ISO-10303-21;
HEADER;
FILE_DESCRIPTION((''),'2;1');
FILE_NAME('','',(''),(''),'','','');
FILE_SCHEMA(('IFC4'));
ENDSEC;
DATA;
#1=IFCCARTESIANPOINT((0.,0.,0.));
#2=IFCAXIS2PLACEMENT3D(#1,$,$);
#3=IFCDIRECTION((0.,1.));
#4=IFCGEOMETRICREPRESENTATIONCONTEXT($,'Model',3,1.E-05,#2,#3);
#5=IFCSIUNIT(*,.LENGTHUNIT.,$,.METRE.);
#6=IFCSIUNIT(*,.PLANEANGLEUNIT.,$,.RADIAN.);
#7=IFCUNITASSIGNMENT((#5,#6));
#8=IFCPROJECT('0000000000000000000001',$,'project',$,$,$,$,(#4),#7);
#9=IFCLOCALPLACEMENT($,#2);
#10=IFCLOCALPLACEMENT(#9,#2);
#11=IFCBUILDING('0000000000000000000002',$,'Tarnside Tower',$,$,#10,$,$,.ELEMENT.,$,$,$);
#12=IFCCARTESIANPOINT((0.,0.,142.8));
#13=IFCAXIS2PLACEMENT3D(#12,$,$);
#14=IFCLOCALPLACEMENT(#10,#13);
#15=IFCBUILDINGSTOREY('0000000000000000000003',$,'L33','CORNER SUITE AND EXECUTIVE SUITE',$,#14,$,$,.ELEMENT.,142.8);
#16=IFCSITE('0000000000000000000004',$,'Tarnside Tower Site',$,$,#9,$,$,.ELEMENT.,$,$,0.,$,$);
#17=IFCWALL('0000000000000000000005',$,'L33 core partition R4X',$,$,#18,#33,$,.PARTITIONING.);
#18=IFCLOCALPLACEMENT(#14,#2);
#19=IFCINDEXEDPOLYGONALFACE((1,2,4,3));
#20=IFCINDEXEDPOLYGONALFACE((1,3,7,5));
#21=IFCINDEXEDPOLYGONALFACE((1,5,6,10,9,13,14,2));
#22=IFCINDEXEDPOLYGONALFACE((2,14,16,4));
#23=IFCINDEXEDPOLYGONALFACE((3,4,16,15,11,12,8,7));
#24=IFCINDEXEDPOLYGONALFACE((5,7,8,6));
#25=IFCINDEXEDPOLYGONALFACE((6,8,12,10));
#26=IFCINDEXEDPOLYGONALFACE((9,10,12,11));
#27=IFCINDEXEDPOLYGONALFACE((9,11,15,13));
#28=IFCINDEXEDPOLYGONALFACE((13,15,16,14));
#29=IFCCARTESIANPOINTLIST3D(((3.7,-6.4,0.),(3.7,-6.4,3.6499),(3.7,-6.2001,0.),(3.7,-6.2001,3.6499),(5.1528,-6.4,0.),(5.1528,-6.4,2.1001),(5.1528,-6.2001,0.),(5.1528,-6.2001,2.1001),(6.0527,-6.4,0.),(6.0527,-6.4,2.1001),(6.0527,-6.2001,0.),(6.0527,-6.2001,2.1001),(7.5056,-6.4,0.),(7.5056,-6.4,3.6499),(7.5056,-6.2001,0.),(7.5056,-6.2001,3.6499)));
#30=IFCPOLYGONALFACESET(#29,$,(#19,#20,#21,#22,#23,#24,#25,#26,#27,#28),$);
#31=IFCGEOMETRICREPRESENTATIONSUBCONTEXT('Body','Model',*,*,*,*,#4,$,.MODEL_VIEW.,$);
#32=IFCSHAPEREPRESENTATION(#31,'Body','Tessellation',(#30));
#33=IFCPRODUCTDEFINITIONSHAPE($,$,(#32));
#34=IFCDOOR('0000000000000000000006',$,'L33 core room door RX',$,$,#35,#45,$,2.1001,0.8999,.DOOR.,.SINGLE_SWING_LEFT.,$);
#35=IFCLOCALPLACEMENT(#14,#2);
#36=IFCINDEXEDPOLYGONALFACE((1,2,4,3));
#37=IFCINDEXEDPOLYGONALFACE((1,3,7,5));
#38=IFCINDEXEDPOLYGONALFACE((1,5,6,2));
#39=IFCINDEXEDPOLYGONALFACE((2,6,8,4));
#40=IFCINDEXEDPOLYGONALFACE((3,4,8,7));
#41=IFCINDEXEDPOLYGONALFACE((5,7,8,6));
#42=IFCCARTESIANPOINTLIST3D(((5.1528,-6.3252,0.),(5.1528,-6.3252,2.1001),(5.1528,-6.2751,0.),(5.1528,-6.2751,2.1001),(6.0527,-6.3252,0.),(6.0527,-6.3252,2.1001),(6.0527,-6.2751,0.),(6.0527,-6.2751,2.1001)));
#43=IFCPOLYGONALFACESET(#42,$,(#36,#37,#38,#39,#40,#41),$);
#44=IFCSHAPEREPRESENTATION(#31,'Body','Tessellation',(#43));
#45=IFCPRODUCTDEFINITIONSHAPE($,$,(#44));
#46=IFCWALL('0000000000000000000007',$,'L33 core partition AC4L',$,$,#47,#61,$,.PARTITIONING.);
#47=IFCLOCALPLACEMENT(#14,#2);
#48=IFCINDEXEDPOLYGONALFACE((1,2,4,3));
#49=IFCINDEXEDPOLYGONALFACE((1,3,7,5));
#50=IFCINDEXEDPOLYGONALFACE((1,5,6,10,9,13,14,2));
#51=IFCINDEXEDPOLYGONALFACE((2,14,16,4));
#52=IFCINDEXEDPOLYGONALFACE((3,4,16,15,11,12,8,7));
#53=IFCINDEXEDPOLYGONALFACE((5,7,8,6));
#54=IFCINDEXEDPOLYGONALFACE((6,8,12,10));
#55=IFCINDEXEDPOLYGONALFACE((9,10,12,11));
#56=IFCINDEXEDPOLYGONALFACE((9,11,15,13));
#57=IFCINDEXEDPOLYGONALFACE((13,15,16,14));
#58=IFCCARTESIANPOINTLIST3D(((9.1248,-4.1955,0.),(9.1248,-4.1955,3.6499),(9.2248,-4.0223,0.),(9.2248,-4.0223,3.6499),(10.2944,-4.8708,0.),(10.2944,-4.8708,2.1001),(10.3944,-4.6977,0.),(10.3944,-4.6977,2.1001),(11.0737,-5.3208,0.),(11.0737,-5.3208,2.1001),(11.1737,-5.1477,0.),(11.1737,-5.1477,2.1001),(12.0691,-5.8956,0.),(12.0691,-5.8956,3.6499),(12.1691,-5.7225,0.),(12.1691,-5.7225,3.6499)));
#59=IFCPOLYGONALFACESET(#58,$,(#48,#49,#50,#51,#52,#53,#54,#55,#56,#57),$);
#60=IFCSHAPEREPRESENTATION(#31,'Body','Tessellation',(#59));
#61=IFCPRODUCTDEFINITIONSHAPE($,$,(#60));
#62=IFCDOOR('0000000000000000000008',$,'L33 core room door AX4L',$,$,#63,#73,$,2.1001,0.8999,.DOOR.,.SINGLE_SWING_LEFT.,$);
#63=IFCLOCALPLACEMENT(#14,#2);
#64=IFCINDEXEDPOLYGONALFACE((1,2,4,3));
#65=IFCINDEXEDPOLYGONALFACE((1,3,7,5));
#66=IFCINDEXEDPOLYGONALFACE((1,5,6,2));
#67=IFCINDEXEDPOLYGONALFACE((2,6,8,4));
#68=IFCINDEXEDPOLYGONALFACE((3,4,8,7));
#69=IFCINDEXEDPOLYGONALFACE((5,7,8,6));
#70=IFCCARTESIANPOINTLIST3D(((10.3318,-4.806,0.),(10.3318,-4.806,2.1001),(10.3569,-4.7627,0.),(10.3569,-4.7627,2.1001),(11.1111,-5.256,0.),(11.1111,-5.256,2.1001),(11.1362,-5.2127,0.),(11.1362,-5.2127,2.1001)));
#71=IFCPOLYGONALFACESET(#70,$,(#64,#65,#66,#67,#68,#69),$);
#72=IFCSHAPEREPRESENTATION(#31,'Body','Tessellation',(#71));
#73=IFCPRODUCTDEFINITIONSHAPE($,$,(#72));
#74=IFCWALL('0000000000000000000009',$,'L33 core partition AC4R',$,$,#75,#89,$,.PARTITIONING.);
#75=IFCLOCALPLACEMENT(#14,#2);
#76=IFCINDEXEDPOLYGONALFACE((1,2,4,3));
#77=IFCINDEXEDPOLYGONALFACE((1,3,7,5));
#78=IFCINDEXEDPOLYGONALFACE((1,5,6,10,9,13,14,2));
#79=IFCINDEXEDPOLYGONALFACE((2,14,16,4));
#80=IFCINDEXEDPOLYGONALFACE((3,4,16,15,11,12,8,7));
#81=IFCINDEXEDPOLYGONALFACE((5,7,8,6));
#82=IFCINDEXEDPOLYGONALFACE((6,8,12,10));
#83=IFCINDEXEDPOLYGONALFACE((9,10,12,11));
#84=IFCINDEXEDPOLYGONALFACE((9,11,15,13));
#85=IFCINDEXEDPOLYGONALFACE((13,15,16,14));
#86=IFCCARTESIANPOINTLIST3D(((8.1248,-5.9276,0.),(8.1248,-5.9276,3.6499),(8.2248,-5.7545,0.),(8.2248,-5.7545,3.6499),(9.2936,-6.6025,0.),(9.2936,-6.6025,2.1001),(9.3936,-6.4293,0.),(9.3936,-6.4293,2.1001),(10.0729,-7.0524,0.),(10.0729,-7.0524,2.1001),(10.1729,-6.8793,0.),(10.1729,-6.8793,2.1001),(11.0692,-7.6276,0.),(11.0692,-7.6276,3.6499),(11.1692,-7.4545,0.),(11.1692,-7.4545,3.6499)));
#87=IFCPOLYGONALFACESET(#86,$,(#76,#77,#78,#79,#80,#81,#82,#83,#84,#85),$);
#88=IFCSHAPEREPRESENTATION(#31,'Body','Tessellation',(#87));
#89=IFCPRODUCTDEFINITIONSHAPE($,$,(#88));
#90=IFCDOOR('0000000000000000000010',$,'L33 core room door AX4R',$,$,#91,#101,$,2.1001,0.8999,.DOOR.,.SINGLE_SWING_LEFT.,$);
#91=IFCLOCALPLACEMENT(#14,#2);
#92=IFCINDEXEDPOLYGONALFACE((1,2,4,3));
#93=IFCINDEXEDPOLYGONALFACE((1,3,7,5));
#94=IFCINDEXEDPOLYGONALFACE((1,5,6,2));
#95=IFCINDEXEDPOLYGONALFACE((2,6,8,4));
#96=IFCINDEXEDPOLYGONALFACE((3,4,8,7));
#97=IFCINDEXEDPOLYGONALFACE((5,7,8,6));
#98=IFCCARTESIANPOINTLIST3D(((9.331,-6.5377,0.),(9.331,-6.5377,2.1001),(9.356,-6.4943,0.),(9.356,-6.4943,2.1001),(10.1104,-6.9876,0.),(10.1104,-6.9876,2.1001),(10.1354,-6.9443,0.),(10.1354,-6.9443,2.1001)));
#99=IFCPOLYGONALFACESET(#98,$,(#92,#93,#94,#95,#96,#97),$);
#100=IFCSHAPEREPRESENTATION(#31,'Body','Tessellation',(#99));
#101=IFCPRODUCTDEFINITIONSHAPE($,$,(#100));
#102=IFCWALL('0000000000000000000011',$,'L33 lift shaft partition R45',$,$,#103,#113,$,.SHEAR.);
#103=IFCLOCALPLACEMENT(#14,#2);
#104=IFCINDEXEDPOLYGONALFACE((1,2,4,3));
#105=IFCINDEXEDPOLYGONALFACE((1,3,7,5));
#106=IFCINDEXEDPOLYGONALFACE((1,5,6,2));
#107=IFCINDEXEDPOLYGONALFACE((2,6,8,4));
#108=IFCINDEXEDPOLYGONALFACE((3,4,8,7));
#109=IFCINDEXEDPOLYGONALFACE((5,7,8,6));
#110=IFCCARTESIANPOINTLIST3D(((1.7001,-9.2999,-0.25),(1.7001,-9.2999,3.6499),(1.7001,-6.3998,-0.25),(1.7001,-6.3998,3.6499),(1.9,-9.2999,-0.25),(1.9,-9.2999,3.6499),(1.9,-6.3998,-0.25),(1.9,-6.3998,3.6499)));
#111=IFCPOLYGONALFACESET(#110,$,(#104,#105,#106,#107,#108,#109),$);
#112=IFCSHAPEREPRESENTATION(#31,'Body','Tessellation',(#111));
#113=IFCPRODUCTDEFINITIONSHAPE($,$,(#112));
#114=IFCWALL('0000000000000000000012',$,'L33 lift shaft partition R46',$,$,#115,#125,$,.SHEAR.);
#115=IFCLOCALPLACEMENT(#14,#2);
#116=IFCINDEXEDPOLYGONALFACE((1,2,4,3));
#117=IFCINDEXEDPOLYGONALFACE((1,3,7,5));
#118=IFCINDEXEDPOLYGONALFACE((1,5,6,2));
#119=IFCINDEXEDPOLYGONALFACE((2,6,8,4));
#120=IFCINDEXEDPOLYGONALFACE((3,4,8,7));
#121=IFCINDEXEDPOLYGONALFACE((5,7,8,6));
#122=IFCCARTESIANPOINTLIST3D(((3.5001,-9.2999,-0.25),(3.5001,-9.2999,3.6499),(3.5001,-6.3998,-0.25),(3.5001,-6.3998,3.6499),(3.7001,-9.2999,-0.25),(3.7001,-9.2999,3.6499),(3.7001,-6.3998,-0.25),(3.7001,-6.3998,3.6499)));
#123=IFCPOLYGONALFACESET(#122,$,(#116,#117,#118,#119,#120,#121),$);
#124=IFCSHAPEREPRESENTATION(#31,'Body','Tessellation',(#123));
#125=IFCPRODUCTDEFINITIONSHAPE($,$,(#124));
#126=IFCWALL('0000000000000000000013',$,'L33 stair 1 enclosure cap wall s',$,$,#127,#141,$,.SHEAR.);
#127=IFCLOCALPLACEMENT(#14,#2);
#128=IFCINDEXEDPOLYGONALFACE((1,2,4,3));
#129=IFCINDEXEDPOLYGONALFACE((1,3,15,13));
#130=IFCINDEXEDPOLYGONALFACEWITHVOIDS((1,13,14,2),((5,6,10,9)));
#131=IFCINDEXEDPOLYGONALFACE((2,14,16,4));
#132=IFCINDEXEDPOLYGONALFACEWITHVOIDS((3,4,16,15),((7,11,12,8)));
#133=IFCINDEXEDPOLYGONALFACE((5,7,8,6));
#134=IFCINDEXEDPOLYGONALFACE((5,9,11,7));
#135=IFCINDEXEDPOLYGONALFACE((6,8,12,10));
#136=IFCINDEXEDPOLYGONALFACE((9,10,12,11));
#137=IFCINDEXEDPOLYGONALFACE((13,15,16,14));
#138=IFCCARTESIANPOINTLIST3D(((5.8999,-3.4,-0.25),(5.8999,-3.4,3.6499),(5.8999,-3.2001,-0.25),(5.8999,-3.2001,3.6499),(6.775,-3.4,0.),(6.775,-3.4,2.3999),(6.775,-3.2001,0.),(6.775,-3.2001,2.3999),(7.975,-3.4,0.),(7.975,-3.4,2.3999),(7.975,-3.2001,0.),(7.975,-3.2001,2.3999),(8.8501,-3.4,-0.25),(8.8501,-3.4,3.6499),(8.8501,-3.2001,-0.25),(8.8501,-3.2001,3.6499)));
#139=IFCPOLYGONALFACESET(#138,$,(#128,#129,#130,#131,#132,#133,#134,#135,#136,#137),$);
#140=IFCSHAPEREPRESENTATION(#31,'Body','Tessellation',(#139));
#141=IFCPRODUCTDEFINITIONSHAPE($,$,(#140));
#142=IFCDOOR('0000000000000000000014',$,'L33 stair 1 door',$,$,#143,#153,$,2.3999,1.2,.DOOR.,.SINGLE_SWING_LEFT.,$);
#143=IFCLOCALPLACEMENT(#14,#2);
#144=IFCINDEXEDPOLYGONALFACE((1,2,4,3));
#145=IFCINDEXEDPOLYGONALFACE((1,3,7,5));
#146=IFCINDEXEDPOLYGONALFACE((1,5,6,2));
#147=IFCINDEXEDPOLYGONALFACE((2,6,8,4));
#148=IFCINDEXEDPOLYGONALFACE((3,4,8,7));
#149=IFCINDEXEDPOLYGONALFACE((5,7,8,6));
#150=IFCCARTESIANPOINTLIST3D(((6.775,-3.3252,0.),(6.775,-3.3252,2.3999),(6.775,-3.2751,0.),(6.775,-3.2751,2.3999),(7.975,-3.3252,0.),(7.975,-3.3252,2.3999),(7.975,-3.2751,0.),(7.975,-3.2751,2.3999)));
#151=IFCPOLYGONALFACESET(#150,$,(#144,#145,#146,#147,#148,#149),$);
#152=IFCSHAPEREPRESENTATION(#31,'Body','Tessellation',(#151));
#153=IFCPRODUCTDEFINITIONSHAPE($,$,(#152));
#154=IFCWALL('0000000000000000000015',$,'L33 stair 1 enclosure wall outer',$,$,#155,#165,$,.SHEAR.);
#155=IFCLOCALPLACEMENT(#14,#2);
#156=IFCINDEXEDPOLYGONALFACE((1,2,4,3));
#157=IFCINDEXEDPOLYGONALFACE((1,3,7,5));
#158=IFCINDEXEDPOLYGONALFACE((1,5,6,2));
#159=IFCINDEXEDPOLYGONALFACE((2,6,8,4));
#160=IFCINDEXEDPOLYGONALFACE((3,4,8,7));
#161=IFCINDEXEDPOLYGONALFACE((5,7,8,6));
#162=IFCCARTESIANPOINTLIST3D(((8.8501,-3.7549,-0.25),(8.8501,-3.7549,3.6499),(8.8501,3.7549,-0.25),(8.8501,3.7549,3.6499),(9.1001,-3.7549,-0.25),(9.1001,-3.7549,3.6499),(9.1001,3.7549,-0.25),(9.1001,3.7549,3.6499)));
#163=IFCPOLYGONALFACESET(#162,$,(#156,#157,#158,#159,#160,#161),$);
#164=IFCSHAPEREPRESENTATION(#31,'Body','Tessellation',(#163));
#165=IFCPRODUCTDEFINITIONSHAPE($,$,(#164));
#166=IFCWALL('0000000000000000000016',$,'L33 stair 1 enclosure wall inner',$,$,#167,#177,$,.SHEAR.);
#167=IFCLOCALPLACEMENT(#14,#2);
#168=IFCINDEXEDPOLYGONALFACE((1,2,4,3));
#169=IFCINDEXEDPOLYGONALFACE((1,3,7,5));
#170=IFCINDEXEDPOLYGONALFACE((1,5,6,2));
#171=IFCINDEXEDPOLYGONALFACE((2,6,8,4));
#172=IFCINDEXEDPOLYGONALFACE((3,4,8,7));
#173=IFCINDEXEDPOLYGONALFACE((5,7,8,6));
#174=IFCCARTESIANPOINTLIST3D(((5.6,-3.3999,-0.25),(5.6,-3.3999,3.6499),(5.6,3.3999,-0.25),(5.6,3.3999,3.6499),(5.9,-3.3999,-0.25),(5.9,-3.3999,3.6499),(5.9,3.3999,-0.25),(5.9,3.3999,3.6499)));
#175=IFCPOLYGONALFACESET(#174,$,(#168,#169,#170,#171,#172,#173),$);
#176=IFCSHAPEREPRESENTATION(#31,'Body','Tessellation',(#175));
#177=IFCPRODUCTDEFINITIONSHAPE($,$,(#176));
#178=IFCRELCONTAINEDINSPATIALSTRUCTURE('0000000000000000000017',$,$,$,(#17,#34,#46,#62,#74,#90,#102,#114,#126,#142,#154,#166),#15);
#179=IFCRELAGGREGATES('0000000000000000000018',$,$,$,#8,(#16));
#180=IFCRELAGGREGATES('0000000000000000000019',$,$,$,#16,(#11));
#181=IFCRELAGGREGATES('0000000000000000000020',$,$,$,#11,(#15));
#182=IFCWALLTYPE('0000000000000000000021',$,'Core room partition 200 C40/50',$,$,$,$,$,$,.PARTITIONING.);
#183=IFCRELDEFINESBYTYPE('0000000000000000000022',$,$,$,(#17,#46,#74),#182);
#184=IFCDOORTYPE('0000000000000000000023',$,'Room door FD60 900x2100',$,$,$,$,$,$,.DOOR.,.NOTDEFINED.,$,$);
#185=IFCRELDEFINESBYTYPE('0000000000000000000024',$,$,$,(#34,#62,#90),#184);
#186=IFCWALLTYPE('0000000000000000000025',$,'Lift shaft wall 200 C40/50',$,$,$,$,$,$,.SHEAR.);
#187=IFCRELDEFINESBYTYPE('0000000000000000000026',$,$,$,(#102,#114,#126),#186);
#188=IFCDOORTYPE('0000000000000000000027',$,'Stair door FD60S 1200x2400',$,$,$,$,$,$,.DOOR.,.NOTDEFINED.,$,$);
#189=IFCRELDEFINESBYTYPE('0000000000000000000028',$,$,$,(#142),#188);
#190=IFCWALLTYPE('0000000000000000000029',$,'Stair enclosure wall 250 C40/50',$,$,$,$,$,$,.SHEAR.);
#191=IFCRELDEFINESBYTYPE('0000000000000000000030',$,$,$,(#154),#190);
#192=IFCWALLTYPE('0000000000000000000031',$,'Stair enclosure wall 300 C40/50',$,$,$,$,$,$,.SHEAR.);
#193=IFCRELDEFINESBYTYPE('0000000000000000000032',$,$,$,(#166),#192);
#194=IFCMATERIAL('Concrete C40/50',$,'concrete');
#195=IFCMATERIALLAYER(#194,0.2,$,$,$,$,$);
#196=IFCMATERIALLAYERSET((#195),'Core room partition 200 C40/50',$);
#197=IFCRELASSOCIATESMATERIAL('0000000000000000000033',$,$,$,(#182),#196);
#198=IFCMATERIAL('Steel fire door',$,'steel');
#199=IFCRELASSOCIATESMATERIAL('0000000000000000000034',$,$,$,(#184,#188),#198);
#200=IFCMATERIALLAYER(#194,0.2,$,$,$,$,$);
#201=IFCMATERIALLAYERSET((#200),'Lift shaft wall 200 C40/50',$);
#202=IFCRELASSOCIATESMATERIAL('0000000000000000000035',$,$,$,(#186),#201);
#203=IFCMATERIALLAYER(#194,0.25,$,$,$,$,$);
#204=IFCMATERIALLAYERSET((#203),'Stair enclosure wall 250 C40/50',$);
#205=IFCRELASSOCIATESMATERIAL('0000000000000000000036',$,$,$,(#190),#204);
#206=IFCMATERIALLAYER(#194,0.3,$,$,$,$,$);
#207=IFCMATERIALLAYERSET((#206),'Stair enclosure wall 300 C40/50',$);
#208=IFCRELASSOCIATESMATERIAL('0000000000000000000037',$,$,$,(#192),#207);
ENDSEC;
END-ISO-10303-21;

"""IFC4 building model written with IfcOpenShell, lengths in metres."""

from ifc_helpers import new_model, si_unit, direction, frame, frame_2d, origin, place, context, subcontext, project, spatial, rectangle, extrude, material, layer, layer_set, type_object, element, fill, save


model = new_model("IFC4")

# Units and contexts
model_context = context("Model", 3, precision=1e-05, world=origin(), true_north=direction((0.0, 1.0)))
body_context = subcontext(model_context, "Body", "Model", "MODEL_VIEW")
ifc_project = project(units=[si_unit("LENGTHUNIT", "METRE"), si_unit("PLANEANGLEUNIT", "RADIAN")], contexts=[model_context])

# Site, building, storey
site_placement = place(None, origin())
site = spatial("IfcSite", under=ifc_project, at=site_placement, Name="Tarnside Tower Site", CompositionType="ELEMENT", RefElevation=0.0)
building_placement = place(site_placement, origin())
building = spatial("IfcBuilding", under=site, at=building_placement, Name="Tarnside Tower", CompositionType="ELEMENT")
storey_placement = place(building_placement, frame((0.0, 0.0, 142.8)))
storey = spatial("IfcBuildingStorey", under=building, at=storey_placement, Name="L33", Description="CORNER SUITE AND EXECUTIVE SUITE", CompositionType="ELEMENT", Elevation=142.8)

# Shared definitions
ifc_material_1 = material(Name="Concrete C40/50", Category="concrete")

# Walls, openings, doors
ifc_material_2 = material(Name="Steel fire door", Category="steel")
ifc_layer_1 = layer(ifc_material_1, 0.2)
ifc_layer_set_1 = layer_set([ifc_layer_1], Name="Core room partition 200 C40/50")
wall_type_1 = type_object("IfcWallType", Name="Core room partition 200 C40/50", PredefinedType="PARTITIONING", material=ifc_layer_set_1)
door_type_1 = type_object("IfcDoorType", Name="Room door FD60 900x2100", OperationType="NOTDEFINED", PredefinedType="DOOR", material=ifc_material_2)
wall_1_placement = place(storey_placement, frame((3.7, -6.3, 0.0), z_axis=(0.0, 0.0, 1.0), x_axis=(1.0, 0.0, 0.0)))
wall_1 = element("IfcWall", 1, at=wall_1_placement, inside=storey, type_object=wall_type_1, Name="L33 core partition R4X", PredefinedType="PARTITIONING", context=body_context, shape_type="SweptSolid", body=[
    extrude(rectangle(XDim=3.8057, YDim=0.2, at=frame_2d((1.9028, 0.0))), origin(), (0.0, 0.0, 1.0), 3.6499),
])
opening_1_placement = place(wall_1_placement, frame((1.4529, 0.0, 0.0)))
opening_1 = element("IfcOpeningElement", 2, at=opening_1_placement, cuts=wall_1, PredefinedType="OPENING", context=body_context, shape_type="SweptSolid", body=[
    extrude(rectangle(XDim=0.8999, YDim=2.1001, at=frame_2d((0.45, 1.05))), frame((0.0, 0.1099, 0.0), z_axis=(0.0, -1.0, 0.0), x_axis=(1.0, 0.0, 0.0)), (0.0, 0.0, 1.0), 0.22),
])
door_1_placement = place(opening_1_placement, origin())
door_1 = element("IfcDoor", 3, at=door_1_placement, inside=storey, type_object=door_type_1, Name="L33 core room door RX", OperationType="SINGLE_SWING_LEFT", OverallHeight=2.1001, OverallWidth=0.8999, PredefinedType="DOOR", context=body_context, shape_type="SweptSolid", body=[
    extrude(rectangle(XDim=0.8999, YDim=2.1001, at=frame_2d((0.45, 1.05))), frame((0.0, 0.0249, 0.0), z_axis=(0.0, -1.0, 0.0), x_axis=(1.0, 0.0, 0.0)), (0.0, 0.0, 1.0), 0.05),
])
fill(opening_1, door_1)
wall_2_placement = place(storey_placement, frame((9.1748, -4.1089, 0.0), z_axis=(0.0, 0.0, 1.0), x_axis=(0.865989, -0.500062, 0.0)))
wall_2 = element("IfcWall", 4, at=wall_2_placement, inside=storey, type_object=wall_type_1, Name="L33 core partition AC4L", PredefinedType="PARTITIONING", context=body_context, shape_type="SweptSolid", body=[
    extrude(rectangle(XDim=3.3999, YDim=0.2, at=frame_2d((1.7, 0.0))), origin(), (0.0, 0.0, 1.0), 3.6499),
])
opening_2_placement = place(wall_2_placement, frame((1.3506, 0.0, 0.0)))
opening_2 = element("IfcOpeningElement", 5, at=opening_2_placement, cuts=wall_2, PredefinedType="OPENING", context=body_context, shape_type="SweptSolid", body=[
    extrude(rectangle(XDim=0.8999, YDim=2.1001, at=frame_2d((0.45, 1.05))), frame((0.0, 0.1099, 0.0), z_axis=(0.0, -1.0, 0.0), x_axis=(1.0, 0.0, 0.0)), (0.0, 0.0, 1.0), 0.22),
])
door_2_placement = place(opening_2_placement, origin())
door_2 = element("IfcDoor", 6, at=door_2_placement, inside=storey, type_object=door_type_1, Name="L33 core room door AX4L", OperationType="SINGLE_SWING_LEFT", OverallHeight=2.1001, OverallWidth=0.8999, PredefinedType="DOOR", context=body_context, shape_type="SweptSolid", body=[
    extrude(rectangle(XDim=0.8999, YDim=2.1001, at=frame_2d((0.45, 1.05))), frame((0.0, 0.0249, 0.0), z_axis=(0.0, -1.0, 0.0), x_axis=(1.0, 0.0, 0.0)), (0.0, 0.0, 1.0), 0.05),
])
fill(opening_2, door_2)
wall_3_placement = place(storey_placement, frame((8.1748, -5.8411, 0.0), z_axis=(0.0, 0.0, 1.0), x_axis=(0.866021, -0.500008, 0.0)))
wall_3 = element("IfcWall", 7, at=wall_3_placement, inside=storey, type_object=wall_type_1, Name="L33 core partition AC4R", PredefinedType="PARTITIONING", context=body_context, shape_type="SweptSolid", body=[
    extrude(rectangle(XDim=3.3999, YDim=0.2, at=frame_2d((1.7, 0.0))), origin(), (0.0, 0.0, 1.0), 3.6499),
])
opening_3_placement = place(wall_3_placement, frame((1.3496, 0.0, 0.0)))
opening_3 = element("IfcOpeningElement", 8, at=opening_3_placement, cuts=wall_3, PredefinedType="OPENING", context=body_context, shape_type="SweptSolid", body=[
    extrude(rectangle(XDim=0.8999, YDim=2.1001, at=frame_2d((0.45, 1.05))), frame((0.0, 0.1099, 0.0), z_axis=(0.0, -1.0, 0.0), x_axis=(1.0, 0.0, 0.0)), (0.0, 0.0, 1.0), 0.22),
])
door_3_placement = place(opening_3_placement, origin())
door_3 = element("IfcDoor", 9, at=door_3_placement, inside=storey, type_object=door_type_1, Name="L33 core room door AX4R", OperationType="SINGLE_SWING_LEFT", OverallHeight=2.1001, OverallWidth=0.8999, PredefinedType="DOOR", context=body_context, shape_type="SweptSolid", body=[
    extrude(rectangle(XDim=0.8999, YDim=2.1001, at=frame_2d((0.45, 1.05))), frame((0.0, 0.0249, 0.0), z_axis=(0.0, -1.0, 0.0), x_axis=(1.0, 0.0, 0.0)), (0.0, 0.0, 1.0), 0.05),
])
fill(opening_3, door_3)

# Walls
ifc_layer_2 = layer(ifc_material_1, 0.2)
ifc_layer_set_2 = layer_set([ifc_layer_2], Name="Lift shaft wall 200 C40/50")
wall_type_2 = type_object("IfcWallType", Name="Lift shaft wall 200 C40/50", PredefinedType="SHEAR", material=ifc_layer_set_2)
for number, where, z_axis, x_axis, name in (
    (10, (1.8, -9.3, -0.25), (0.0, 0.0, 1.0), (0.0, 1.0, 0.0), "L33 lift shaft partition R45"),
    (11, (3.6001, -9.3, -0.25), (0.0, 0.0, 1.0), (0.0, 1.0, 0.0), "L33 lift shaft partition R46"),
):
    element("IfcWall", number, at=place(storey_placement, frame(where, z_axis=z_axis, x_axis=x_axis)), inside=storey, type_object=wall_type_2, Name=name, PredefinedType="SHEAR", context=body_context, shape_type="SweptSolid", body=[
        extrude(rectangle(XDim=2.9001, YDim=0.2, at=frame_2d((1.4502, 0.0))), origin(), (0.0, 0.0, 1.0), 3.8999),
    ])

# Wall, opening, door
wall_4_placement = place(storey_placement, frame((5.8999, -3.3, -0.25), z_axis=(0.0, 0.0, 1.0), x_axis=(1.0, 0.0, 0.0)))
wall_4 = element("IfcWall", 12, at=wall_4_placement, inside=storey, type_object=wall_type_2, Name="L33 stair 1 enclosure cap wall s", PredefinedType="SHEAR", context=body_context, shape_type="SweptSolid", body=[
    extrude(rectangle(XDim=2.9502, YDim=0.2, at=frame_2d((1.4751, 0.0))), origin(), (0.0, 0.0, 1.0), 3.8999),
])
opening_4_placement = place(wall_4_placement, frame((0.875, 0.0, 0.25)))
opening_4 = element("IfcOpeningElement", 13, at=opening_4_placement, cuts=wall_4, PredefinedType="OPENING", context=body_context, shape_type="SweptSolid", body=[
    extrude(rectangle(XDim=1.2, YDim=2.3999, at=frame_2d((0.6001, 1.2))), frame((0.0, 0.1099, 0.0), z_axis=(0.0, -1.0, 0.0), x_axis=(1.0, 0.0, 0.0)), (0.0, 0.0, 1.0), 0.22),
])
door_type_2 = type_object("IfcDoorType", Name="Stair door FD60S 1200x2400", OperationType="NOTDEFINED", PredefinedType="DOOR", material=ifc_material_2)
door_4_placement = place(opening_4_placement, origin())
door_4 = element("IfcDoor", 14, at=door_4_placement, inside=storey, type_object=door_type_2, Name="L33 stair 1 door", OperationType="SINGLE_SWING_LEFT", OverallHeight=2.3999, OverallWidth=1.2, PredefinedType="DOOR", context=body_context, shape_type="SweptSolid", body=[
    extrude(rectangle(XDim=1.2, YDim=2.3999, at=frame_2d((0.6001, 1.2))), frame((0.0, 0.0249, 0.0), z_axis=(0.0, -1.0, 0.0), x_axis=(1.0, 0.0, 0.0)), (0.0, 0.0, 1.0), 0.05),
])
fill(opening_4, door_4)

# Walls
ifc_layer_3 = layer(ifc_material_1, 0.25)
ifc_layer_set_3 = layer_set([ifc_layer_3], Name="Stair enclosure wall 250 C40/50")
wall_type_3 = type_object("IfcWallType", Name="Stair enclosure wall 250 C40/50", PredefinedType="SHEAR", material=ifc_layer_set_3)
wall_5_placement = place(storey_placement, frame((8.9751, -3.7549, -0.25), z_axis=(0.0, 0.0, 1.0), x_axis=(0.0, 1.0, 0.0)))
element("IfcWall", 15, at=wall_5_placement, inside=storey, type_object=wall_type_3, Name="L33 stair 1 enclosure wall outer", PredefinedType="SHEAR", context=body_context, shape_type="SweptSolid", body=[
    extrude(rectangle(XDim=7.5098, YDim=0.25, at=frame_2d((3.7549, 0.0))), origin(), (0.0, 0.0, 1.0), 3.8999),
])
ifc_layer_4 = layer(ifc_material_1, 0.3)
ifc_layer_set_4 = layer_set([ifc_layer_4], Name="Stair enclosure wall 300 C40/50")
wall_type_4 = type_object("IfcWallType", Name="Stair enclosure wall 300 C40/50", PredefinedType="SHEAR", material=ifc_layer_set_4)
wall_6_placement = place(storey_placement, frame((5.75, -3.3999, -0.25), z_axis=(0.0, 0.0, 1.0), x_axis=(0.0, 1.0, 0.0)))
element("IfcWall", 16, at=wall_6_placement, inside=storey, type_object=wall_type_4, Name="L33 stair 1 enclosure wall inner", PredefinedType="SHEAR", context=body_context, shape_type="SweptSolid", body=[
    extrude(rectangle(XDim=6.7998, YDim=0.3, at=frame_2d((3.3999, 0.0))), origin(), (0.0, 0.0, 1.0), 3.8999),
])

save(model, "model.ifc")
